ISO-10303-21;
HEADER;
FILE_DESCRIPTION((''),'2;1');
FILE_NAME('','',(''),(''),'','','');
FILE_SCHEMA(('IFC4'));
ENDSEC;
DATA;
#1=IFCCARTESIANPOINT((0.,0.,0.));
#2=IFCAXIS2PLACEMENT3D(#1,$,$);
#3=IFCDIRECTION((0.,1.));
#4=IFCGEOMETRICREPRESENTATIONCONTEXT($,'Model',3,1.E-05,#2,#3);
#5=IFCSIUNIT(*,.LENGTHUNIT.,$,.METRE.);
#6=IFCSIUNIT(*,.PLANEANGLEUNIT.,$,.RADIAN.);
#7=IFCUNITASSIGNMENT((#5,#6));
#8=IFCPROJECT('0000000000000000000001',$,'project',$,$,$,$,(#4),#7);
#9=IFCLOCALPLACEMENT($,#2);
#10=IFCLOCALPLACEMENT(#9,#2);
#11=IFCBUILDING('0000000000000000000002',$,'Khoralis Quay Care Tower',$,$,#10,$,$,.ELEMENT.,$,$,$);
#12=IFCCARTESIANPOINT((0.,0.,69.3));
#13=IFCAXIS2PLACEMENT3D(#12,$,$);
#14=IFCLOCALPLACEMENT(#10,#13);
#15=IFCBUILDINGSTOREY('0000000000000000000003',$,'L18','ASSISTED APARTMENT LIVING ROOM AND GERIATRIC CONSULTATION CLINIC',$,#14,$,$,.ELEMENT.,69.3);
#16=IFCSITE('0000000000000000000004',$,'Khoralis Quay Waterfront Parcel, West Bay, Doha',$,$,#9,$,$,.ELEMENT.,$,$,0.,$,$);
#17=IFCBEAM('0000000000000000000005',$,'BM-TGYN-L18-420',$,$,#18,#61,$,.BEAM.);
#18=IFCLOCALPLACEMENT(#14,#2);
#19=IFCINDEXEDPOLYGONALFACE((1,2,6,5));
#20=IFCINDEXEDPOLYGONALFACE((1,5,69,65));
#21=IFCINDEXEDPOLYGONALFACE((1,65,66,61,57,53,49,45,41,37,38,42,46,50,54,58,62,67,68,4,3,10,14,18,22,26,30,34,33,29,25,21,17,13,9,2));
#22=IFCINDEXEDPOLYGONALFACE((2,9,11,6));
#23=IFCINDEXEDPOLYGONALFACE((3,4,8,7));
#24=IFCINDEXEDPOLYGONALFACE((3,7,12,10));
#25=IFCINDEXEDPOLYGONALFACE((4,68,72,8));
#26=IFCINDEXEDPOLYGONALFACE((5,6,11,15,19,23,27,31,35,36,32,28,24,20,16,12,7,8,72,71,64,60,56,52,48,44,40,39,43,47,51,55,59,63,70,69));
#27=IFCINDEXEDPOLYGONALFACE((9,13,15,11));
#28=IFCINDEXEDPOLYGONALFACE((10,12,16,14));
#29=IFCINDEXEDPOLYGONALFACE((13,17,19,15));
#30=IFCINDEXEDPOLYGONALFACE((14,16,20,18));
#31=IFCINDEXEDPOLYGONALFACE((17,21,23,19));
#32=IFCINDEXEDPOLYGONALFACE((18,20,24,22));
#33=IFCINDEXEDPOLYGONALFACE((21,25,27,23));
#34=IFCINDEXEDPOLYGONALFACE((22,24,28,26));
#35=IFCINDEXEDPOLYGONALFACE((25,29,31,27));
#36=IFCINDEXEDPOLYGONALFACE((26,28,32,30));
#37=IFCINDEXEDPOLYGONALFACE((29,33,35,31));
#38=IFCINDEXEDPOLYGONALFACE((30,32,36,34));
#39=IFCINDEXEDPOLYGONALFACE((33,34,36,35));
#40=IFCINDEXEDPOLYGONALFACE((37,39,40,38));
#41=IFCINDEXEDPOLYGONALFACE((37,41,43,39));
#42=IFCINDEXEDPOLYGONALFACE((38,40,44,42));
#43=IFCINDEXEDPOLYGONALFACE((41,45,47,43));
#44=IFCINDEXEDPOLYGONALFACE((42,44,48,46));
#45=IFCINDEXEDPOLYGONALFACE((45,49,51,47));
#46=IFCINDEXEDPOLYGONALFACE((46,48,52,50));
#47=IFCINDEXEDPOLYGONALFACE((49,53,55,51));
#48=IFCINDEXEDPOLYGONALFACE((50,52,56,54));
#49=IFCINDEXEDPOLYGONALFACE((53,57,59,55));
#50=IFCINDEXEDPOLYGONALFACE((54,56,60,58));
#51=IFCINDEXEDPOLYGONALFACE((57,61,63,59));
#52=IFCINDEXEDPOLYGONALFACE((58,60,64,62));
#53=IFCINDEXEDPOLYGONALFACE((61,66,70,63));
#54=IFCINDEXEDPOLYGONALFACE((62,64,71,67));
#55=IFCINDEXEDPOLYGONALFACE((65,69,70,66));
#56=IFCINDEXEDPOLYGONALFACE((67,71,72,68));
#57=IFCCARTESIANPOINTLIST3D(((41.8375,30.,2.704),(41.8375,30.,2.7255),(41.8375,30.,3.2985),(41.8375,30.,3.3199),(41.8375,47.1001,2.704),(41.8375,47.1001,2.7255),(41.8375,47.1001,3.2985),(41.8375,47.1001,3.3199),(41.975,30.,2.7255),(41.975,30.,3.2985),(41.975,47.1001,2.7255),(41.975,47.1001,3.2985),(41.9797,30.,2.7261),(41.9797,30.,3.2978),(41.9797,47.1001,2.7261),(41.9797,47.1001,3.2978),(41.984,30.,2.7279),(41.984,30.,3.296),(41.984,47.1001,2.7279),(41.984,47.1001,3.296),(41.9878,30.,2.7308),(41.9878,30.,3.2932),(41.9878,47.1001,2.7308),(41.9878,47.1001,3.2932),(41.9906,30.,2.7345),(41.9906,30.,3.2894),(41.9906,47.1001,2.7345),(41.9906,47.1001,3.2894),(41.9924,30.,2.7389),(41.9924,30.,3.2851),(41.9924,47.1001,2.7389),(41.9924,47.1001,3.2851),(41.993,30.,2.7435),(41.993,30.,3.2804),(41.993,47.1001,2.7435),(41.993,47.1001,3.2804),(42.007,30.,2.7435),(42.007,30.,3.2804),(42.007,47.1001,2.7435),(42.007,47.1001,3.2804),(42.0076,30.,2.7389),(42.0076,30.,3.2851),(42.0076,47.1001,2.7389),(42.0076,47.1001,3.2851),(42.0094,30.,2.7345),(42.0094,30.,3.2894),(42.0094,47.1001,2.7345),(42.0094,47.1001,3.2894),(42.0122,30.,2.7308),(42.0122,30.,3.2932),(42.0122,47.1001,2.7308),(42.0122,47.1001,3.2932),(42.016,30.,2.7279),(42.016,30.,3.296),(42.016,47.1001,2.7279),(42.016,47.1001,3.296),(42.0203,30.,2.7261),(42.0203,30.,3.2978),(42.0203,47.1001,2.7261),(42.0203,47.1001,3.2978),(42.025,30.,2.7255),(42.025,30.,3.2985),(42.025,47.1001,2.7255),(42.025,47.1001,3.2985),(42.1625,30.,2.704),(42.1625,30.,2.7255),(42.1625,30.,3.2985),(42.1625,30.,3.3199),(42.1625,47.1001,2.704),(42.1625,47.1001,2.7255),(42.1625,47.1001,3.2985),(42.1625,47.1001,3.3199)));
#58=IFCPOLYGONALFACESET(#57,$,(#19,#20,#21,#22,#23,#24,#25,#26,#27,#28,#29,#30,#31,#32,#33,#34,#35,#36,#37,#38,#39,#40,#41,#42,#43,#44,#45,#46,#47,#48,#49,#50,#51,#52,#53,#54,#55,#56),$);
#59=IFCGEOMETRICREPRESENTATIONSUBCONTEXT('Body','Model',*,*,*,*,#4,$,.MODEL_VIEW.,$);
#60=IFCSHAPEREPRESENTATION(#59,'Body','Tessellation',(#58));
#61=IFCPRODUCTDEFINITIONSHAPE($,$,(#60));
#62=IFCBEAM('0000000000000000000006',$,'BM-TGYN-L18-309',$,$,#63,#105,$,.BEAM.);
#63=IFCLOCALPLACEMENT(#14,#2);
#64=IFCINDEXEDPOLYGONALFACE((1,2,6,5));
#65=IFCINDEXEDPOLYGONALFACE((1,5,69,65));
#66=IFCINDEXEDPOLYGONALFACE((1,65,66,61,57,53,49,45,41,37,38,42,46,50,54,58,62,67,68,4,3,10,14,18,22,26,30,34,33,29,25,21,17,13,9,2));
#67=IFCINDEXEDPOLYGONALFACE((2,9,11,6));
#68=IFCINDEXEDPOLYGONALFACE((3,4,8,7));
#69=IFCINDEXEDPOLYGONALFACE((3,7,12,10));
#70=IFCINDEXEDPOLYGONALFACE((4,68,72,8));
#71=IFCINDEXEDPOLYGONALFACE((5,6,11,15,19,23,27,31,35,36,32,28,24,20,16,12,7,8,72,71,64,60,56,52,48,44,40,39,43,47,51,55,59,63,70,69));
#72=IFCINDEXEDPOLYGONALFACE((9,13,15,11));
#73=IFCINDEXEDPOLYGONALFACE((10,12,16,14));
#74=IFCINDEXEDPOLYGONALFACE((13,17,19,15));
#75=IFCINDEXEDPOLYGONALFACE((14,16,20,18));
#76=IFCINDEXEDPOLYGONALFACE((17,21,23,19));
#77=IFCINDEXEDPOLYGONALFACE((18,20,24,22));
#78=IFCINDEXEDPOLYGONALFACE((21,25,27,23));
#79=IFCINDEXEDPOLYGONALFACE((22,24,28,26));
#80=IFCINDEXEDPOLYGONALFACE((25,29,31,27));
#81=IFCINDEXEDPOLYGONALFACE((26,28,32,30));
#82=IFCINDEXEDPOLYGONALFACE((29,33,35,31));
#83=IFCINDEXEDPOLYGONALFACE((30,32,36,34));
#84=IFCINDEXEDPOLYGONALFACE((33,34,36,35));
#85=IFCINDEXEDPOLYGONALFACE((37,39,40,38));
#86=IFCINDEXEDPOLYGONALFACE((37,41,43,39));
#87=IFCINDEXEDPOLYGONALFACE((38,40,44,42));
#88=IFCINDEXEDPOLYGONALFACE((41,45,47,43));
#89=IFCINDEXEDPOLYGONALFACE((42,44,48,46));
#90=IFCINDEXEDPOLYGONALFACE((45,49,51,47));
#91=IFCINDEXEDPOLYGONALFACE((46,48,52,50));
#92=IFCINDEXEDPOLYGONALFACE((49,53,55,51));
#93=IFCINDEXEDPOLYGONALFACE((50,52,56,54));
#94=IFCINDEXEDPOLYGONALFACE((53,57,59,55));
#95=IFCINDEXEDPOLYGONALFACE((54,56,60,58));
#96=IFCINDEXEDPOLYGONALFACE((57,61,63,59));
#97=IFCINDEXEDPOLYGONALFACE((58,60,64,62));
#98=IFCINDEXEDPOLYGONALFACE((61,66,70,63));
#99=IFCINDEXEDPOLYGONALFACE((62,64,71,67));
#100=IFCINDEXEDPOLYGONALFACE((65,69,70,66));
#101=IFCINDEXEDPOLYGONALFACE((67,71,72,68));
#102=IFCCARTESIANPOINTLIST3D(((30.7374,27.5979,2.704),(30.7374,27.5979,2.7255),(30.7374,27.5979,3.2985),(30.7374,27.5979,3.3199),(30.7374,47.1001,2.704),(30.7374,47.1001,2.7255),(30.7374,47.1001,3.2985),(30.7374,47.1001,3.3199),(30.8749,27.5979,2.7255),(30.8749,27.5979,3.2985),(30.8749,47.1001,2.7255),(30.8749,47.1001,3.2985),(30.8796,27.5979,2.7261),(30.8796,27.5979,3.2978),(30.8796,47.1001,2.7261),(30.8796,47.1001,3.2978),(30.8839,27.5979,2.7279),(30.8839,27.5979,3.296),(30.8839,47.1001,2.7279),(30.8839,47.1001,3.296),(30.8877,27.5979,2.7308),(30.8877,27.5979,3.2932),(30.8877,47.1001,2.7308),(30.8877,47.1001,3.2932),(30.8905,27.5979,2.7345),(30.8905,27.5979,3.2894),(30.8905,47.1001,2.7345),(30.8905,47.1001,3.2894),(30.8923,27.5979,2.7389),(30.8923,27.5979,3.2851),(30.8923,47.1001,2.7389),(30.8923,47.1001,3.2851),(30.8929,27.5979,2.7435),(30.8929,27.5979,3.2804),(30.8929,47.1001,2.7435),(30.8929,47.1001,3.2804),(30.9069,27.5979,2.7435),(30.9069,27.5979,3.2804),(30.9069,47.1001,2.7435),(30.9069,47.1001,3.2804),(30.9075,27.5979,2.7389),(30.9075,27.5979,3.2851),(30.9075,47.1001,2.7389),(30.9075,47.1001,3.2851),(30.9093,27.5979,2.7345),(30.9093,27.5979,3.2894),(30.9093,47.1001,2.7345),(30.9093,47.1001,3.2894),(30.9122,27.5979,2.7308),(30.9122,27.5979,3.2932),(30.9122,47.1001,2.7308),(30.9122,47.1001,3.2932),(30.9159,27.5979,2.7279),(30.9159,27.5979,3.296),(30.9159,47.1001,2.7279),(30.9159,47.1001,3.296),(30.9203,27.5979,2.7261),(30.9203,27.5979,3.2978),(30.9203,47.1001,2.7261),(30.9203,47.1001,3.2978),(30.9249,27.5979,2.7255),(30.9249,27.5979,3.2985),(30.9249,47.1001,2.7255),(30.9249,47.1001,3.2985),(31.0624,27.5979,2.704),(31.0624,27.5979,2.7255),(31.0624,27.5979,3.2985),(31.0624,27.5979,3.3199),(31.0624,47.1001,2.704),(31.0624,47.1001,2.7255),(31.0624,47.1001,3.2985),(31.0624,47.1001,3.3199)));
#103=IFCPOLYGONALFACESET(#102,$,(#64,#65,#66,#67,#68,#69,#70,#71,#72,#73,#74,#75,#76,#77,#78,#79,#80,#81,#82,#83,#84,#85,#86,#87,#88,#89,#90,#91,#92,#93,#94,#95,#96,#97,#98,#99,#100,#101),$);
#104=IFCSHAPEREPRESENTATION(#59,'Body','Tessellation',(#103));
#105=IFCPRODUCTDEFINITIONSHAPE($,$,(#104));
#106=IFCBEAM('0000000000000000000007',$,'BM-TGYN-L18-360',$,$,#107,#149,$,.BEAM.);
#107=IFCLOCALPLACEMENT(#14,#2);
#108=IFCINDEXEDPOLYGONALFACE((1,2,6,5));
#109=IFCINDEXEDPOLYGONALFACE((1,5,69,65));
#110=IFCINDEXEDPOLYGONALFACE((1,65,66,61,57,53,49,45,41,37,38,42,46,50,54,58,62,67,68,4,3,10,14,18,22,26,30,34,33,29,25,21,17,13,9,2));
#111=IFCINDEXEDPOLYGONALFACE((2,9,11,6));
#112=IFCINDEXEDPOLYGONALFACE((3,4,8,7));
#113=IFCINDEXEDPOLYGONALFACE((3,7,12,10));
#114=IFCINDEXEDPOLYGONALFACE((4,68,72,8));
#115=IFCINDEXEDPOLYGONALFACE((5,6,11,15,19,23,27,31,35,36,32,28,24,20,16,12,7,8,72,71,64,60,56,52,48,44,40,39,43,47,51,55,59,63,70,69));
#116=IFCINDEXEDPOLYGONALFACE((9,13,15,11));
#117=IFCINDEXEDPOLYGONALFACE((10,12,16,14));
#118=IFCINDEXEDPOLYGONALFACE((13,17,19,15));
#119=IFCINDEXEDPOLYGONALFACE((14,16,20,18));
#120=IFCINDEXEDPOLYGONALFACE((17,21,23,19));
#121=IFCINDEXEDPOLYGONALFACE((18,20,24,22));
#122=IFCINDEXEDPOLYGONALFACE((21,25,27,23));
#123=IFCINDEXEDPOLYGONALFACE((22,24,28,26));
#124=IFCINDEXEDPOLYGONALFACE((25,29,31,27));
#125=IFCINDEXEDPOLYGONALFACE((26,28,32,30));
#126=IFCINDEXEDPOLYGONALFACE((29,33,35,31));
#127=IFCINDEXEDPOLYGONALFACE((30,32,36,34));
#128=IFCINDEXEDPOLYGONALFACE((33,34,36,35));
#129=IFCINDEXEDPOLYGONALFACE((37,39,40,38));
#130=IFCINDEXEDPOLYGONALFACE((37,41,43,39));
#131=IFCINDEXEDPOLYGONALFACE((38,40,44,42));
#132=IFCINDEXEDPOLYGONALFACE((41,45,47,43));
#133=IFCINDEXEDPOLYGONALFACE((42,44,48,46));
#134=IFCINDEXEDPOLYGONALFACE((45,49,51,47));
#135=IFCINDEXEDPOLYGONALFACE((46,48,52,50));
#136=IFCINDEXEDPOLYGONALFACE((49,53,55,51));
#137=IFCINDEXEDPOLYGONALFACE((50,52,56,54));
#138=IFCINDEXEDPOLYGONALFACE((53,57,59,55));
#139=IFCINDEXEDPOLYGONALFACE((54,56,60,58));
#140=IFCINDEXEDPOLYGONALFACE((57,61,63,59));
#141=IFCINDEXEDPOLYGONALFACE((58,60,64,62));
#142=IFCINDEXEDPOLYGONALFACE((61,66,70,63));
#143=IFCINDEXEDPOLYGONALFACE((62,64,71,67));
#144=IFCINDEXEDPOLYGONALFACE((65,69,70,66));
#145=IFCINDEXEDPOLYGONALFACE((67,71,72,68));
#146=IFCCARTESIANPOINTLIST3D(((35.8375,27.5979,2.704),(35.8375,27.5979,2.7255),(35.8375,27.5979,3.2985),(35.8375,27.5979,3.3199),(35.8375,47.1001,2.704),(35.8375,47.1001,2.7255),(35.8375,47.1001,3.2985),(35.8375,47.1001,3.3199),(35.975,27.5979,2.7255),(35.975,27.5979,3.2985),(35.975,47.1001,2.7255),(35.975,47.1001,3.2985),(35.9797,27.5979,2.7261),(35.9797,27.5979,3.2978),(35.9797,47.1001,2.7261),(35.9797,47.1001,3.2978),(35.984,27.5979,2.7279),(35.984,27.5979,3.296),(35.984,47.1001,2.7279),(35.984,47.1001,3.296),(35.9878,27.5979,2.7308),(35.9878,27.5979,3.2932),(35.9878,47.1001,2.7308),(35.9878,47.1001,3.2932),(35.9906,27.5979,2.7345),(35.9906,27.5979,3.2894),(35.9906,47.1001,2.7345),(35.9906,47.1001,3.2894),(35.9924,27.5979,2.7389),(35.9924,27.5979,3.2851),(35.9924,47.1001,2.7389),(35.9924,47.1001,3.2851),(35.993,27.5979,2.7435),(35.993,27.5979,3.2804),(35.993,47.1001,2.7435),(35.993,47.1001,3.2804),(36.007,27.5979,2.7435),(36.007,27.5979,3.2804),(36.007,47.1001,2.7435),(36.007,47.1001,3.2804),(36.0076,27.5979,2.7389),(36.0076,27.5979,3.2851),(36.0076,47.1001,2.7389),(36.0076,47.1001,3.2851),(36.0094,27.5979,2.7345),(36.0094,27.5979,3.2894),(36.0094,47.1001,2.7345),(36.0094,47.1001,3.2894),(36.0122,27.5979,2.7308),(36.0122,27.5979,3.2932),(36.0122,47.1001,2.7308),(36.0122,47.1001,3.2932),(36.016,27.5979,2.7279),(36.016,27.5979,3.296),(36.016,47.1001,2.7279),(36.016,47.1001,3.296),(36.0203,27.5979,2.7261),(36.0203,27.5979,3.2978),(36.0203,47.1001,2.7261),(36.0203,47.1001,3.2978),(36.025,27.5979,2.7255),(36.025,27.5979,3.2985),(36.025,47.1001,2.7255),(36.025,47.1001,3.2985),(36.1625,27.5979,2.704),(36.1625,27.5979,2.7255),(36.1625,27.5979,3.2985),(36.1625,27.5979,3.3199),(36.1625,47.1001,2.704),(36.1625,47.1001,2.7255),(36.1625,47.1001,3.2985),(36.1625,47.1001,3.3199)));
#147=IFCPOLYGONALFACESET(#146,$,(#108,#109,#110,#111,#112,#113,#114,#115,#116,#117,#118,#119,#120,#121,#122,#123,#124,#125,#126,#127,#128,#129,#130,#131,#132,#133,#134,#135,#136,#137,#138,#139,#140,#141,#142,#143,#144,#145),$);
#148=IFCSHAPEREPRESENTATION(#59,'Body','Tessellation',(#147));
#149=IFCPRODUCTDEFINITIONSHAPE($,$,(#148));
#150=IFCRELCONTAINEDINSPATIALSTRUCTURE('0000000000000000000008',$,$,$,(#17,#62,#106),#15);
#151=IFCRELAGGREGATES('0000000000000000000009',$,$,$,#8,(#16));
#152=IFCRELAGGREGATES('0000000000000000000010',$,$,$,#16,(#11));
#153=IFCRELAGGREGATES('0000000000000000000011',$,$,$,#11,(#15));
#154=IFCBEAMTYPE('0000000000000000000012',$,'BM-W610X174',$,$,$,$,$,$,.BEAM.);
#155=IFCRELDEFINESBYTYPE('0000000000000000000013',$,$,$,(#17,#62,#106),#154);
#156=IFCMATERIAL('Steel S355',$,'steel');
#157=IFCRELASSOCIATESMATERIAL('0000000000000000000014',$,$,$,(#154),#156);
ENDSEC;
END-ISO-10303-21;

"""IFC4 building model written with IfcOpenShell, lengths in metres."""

from ifc_helpers import new_model, si_unit, direction, frame, origin, origin_2d, place, context, subcontext, project, spatial, i_section, extrude, source, transform, mapped, material, material_profile, profile_set, type_object, element, save


model = new_model("IFC4")

# Units and contexts
model_context = context("Model", 3, precision=1e-05, world=origin(), true_north=direction((0.0, 1.0)))
body_context = subcontext(model_context, "Body", "Model", "MODEL_VIEW")
ifc_project = project(units=[si_unit("LENGTHUNIT", "METRE"), si_unit("PLANEANGLEUNIT", "RADIAN")], contexts=[model_context])

# Site, building, storey
site_placement = place(None, origin())
site = spatial("IfcSite", under=ifc_project, at=site_placement, Name="Khoralis Quay Waterfront Parcel, West Bay, Doha", CompositionType="ELEMENT", RefElevation=0.0)
building_placement = place(site_placement, origin())
building = spatial("IfcBuilding", under=site, at=building_placement, Name="Khoralis Quay Care Tower", CompositionType="ELEMENT")
storey_placement = place(building_placement, frame((0.0, 0.0, 69.3)))
storey = spatial("IfcBuildingStorey", under=building, at=storey_placement, Name="L18", Description="ASSISTED APARTMENT LIVING ROOM AND GERIATRIC CONSULTATION CLINIC", CompositionType="ELEMENT", Elevation=69.3)

# Beams
ifc_material_1 = material(Name="Steel S355", Category="steel")
ifc_material_profile_1 = material_profile(ifc_material_1, i_section(OverallWidth=0.325, OverallDepth=0.616, WebThickness=0.0139, FlangeThickness=0.0215, FilletRadius=0.0181, at=origin_2d()), Name="Steel S355")
ifc_profile_set_1 = profile_set([ifc_material_profile_1], Name="Steel S355")
beam_type_1 = type_object("IfcBeamType", Name="BM-W610X174", PredefinedType="BEAM", material=ifc_profile_set_1)
shared_shape_1 = source(origin(), body_context, "Body", "SweptSolid", [
    extrude(i_section(OverallWidth=0.325, OverallDepth=0.616, WebThickness=0.0139, FlangeThickness=0.0215, FilletRadius=0.0181, at=origin_2d()), origin(), (0.0, 0.0, 1.0), 17.1001),
])
for number, where, z_axis, x_axis, name in (
    (1, (42.0, 30.0, 3.012), (0.0, 1.0, 0.0), (-1.0, 0.0, 0.0), "BM-TGYN-L18-420"),
):
    element("IfcBeam", number, at=place(storey_placement, frame(where, z_axis=z_axis, x_axis=x_axis)), inside=storey, type_object=beam_type_1, Name=name, PredefinedType="BEAM", context=body_context, shape_type="MappedRepresentation", body=[
        mapped(shared_shape_1, transform((0.0, 0.0, 0.0), scale=1.0)),
    ])
shared_shape_2 = source(origin(), body_context, "Body", "SweptSolid", [
    extrude(i_section(OverallWidth=0.325, OverallDepth=0.616, WebThickness=0.0139, FlangeThickness=0.0215, FilletRadius=0.0181, at=origin_2d()), origin(), (0.0, 0.0, 1.0), 19.5022),
])
for number, where, z_axis, x_axis, name in (
    (2, (30.8999, 27.5979, 3.012), (0.0, 1.0, 0.0), (-1.0, 0.0, 0.0), "BM-TGYN-L18-309"),
    (3, (36.0, 27.5979, 3.012), (0.0, 1.0, 0.0), (-1.0, 0.0, 0.0), "BM-TGYN-L18-360"),
):
    element("IfcBeam", number, at=place(storey_placement, frame(where, z_axis=z_axis, x_axis=x_axis)), inside=storey, type_object=beam_type_1, Name=name, PredefinedType="BEAM", context=body_context, shape_type="MappedRepresentation", body=[
        mapped(shared_shape_2, transform((0.0, 0.0, 0.0), scale=1.0)),
    ])

save(model, "model.ifc")
